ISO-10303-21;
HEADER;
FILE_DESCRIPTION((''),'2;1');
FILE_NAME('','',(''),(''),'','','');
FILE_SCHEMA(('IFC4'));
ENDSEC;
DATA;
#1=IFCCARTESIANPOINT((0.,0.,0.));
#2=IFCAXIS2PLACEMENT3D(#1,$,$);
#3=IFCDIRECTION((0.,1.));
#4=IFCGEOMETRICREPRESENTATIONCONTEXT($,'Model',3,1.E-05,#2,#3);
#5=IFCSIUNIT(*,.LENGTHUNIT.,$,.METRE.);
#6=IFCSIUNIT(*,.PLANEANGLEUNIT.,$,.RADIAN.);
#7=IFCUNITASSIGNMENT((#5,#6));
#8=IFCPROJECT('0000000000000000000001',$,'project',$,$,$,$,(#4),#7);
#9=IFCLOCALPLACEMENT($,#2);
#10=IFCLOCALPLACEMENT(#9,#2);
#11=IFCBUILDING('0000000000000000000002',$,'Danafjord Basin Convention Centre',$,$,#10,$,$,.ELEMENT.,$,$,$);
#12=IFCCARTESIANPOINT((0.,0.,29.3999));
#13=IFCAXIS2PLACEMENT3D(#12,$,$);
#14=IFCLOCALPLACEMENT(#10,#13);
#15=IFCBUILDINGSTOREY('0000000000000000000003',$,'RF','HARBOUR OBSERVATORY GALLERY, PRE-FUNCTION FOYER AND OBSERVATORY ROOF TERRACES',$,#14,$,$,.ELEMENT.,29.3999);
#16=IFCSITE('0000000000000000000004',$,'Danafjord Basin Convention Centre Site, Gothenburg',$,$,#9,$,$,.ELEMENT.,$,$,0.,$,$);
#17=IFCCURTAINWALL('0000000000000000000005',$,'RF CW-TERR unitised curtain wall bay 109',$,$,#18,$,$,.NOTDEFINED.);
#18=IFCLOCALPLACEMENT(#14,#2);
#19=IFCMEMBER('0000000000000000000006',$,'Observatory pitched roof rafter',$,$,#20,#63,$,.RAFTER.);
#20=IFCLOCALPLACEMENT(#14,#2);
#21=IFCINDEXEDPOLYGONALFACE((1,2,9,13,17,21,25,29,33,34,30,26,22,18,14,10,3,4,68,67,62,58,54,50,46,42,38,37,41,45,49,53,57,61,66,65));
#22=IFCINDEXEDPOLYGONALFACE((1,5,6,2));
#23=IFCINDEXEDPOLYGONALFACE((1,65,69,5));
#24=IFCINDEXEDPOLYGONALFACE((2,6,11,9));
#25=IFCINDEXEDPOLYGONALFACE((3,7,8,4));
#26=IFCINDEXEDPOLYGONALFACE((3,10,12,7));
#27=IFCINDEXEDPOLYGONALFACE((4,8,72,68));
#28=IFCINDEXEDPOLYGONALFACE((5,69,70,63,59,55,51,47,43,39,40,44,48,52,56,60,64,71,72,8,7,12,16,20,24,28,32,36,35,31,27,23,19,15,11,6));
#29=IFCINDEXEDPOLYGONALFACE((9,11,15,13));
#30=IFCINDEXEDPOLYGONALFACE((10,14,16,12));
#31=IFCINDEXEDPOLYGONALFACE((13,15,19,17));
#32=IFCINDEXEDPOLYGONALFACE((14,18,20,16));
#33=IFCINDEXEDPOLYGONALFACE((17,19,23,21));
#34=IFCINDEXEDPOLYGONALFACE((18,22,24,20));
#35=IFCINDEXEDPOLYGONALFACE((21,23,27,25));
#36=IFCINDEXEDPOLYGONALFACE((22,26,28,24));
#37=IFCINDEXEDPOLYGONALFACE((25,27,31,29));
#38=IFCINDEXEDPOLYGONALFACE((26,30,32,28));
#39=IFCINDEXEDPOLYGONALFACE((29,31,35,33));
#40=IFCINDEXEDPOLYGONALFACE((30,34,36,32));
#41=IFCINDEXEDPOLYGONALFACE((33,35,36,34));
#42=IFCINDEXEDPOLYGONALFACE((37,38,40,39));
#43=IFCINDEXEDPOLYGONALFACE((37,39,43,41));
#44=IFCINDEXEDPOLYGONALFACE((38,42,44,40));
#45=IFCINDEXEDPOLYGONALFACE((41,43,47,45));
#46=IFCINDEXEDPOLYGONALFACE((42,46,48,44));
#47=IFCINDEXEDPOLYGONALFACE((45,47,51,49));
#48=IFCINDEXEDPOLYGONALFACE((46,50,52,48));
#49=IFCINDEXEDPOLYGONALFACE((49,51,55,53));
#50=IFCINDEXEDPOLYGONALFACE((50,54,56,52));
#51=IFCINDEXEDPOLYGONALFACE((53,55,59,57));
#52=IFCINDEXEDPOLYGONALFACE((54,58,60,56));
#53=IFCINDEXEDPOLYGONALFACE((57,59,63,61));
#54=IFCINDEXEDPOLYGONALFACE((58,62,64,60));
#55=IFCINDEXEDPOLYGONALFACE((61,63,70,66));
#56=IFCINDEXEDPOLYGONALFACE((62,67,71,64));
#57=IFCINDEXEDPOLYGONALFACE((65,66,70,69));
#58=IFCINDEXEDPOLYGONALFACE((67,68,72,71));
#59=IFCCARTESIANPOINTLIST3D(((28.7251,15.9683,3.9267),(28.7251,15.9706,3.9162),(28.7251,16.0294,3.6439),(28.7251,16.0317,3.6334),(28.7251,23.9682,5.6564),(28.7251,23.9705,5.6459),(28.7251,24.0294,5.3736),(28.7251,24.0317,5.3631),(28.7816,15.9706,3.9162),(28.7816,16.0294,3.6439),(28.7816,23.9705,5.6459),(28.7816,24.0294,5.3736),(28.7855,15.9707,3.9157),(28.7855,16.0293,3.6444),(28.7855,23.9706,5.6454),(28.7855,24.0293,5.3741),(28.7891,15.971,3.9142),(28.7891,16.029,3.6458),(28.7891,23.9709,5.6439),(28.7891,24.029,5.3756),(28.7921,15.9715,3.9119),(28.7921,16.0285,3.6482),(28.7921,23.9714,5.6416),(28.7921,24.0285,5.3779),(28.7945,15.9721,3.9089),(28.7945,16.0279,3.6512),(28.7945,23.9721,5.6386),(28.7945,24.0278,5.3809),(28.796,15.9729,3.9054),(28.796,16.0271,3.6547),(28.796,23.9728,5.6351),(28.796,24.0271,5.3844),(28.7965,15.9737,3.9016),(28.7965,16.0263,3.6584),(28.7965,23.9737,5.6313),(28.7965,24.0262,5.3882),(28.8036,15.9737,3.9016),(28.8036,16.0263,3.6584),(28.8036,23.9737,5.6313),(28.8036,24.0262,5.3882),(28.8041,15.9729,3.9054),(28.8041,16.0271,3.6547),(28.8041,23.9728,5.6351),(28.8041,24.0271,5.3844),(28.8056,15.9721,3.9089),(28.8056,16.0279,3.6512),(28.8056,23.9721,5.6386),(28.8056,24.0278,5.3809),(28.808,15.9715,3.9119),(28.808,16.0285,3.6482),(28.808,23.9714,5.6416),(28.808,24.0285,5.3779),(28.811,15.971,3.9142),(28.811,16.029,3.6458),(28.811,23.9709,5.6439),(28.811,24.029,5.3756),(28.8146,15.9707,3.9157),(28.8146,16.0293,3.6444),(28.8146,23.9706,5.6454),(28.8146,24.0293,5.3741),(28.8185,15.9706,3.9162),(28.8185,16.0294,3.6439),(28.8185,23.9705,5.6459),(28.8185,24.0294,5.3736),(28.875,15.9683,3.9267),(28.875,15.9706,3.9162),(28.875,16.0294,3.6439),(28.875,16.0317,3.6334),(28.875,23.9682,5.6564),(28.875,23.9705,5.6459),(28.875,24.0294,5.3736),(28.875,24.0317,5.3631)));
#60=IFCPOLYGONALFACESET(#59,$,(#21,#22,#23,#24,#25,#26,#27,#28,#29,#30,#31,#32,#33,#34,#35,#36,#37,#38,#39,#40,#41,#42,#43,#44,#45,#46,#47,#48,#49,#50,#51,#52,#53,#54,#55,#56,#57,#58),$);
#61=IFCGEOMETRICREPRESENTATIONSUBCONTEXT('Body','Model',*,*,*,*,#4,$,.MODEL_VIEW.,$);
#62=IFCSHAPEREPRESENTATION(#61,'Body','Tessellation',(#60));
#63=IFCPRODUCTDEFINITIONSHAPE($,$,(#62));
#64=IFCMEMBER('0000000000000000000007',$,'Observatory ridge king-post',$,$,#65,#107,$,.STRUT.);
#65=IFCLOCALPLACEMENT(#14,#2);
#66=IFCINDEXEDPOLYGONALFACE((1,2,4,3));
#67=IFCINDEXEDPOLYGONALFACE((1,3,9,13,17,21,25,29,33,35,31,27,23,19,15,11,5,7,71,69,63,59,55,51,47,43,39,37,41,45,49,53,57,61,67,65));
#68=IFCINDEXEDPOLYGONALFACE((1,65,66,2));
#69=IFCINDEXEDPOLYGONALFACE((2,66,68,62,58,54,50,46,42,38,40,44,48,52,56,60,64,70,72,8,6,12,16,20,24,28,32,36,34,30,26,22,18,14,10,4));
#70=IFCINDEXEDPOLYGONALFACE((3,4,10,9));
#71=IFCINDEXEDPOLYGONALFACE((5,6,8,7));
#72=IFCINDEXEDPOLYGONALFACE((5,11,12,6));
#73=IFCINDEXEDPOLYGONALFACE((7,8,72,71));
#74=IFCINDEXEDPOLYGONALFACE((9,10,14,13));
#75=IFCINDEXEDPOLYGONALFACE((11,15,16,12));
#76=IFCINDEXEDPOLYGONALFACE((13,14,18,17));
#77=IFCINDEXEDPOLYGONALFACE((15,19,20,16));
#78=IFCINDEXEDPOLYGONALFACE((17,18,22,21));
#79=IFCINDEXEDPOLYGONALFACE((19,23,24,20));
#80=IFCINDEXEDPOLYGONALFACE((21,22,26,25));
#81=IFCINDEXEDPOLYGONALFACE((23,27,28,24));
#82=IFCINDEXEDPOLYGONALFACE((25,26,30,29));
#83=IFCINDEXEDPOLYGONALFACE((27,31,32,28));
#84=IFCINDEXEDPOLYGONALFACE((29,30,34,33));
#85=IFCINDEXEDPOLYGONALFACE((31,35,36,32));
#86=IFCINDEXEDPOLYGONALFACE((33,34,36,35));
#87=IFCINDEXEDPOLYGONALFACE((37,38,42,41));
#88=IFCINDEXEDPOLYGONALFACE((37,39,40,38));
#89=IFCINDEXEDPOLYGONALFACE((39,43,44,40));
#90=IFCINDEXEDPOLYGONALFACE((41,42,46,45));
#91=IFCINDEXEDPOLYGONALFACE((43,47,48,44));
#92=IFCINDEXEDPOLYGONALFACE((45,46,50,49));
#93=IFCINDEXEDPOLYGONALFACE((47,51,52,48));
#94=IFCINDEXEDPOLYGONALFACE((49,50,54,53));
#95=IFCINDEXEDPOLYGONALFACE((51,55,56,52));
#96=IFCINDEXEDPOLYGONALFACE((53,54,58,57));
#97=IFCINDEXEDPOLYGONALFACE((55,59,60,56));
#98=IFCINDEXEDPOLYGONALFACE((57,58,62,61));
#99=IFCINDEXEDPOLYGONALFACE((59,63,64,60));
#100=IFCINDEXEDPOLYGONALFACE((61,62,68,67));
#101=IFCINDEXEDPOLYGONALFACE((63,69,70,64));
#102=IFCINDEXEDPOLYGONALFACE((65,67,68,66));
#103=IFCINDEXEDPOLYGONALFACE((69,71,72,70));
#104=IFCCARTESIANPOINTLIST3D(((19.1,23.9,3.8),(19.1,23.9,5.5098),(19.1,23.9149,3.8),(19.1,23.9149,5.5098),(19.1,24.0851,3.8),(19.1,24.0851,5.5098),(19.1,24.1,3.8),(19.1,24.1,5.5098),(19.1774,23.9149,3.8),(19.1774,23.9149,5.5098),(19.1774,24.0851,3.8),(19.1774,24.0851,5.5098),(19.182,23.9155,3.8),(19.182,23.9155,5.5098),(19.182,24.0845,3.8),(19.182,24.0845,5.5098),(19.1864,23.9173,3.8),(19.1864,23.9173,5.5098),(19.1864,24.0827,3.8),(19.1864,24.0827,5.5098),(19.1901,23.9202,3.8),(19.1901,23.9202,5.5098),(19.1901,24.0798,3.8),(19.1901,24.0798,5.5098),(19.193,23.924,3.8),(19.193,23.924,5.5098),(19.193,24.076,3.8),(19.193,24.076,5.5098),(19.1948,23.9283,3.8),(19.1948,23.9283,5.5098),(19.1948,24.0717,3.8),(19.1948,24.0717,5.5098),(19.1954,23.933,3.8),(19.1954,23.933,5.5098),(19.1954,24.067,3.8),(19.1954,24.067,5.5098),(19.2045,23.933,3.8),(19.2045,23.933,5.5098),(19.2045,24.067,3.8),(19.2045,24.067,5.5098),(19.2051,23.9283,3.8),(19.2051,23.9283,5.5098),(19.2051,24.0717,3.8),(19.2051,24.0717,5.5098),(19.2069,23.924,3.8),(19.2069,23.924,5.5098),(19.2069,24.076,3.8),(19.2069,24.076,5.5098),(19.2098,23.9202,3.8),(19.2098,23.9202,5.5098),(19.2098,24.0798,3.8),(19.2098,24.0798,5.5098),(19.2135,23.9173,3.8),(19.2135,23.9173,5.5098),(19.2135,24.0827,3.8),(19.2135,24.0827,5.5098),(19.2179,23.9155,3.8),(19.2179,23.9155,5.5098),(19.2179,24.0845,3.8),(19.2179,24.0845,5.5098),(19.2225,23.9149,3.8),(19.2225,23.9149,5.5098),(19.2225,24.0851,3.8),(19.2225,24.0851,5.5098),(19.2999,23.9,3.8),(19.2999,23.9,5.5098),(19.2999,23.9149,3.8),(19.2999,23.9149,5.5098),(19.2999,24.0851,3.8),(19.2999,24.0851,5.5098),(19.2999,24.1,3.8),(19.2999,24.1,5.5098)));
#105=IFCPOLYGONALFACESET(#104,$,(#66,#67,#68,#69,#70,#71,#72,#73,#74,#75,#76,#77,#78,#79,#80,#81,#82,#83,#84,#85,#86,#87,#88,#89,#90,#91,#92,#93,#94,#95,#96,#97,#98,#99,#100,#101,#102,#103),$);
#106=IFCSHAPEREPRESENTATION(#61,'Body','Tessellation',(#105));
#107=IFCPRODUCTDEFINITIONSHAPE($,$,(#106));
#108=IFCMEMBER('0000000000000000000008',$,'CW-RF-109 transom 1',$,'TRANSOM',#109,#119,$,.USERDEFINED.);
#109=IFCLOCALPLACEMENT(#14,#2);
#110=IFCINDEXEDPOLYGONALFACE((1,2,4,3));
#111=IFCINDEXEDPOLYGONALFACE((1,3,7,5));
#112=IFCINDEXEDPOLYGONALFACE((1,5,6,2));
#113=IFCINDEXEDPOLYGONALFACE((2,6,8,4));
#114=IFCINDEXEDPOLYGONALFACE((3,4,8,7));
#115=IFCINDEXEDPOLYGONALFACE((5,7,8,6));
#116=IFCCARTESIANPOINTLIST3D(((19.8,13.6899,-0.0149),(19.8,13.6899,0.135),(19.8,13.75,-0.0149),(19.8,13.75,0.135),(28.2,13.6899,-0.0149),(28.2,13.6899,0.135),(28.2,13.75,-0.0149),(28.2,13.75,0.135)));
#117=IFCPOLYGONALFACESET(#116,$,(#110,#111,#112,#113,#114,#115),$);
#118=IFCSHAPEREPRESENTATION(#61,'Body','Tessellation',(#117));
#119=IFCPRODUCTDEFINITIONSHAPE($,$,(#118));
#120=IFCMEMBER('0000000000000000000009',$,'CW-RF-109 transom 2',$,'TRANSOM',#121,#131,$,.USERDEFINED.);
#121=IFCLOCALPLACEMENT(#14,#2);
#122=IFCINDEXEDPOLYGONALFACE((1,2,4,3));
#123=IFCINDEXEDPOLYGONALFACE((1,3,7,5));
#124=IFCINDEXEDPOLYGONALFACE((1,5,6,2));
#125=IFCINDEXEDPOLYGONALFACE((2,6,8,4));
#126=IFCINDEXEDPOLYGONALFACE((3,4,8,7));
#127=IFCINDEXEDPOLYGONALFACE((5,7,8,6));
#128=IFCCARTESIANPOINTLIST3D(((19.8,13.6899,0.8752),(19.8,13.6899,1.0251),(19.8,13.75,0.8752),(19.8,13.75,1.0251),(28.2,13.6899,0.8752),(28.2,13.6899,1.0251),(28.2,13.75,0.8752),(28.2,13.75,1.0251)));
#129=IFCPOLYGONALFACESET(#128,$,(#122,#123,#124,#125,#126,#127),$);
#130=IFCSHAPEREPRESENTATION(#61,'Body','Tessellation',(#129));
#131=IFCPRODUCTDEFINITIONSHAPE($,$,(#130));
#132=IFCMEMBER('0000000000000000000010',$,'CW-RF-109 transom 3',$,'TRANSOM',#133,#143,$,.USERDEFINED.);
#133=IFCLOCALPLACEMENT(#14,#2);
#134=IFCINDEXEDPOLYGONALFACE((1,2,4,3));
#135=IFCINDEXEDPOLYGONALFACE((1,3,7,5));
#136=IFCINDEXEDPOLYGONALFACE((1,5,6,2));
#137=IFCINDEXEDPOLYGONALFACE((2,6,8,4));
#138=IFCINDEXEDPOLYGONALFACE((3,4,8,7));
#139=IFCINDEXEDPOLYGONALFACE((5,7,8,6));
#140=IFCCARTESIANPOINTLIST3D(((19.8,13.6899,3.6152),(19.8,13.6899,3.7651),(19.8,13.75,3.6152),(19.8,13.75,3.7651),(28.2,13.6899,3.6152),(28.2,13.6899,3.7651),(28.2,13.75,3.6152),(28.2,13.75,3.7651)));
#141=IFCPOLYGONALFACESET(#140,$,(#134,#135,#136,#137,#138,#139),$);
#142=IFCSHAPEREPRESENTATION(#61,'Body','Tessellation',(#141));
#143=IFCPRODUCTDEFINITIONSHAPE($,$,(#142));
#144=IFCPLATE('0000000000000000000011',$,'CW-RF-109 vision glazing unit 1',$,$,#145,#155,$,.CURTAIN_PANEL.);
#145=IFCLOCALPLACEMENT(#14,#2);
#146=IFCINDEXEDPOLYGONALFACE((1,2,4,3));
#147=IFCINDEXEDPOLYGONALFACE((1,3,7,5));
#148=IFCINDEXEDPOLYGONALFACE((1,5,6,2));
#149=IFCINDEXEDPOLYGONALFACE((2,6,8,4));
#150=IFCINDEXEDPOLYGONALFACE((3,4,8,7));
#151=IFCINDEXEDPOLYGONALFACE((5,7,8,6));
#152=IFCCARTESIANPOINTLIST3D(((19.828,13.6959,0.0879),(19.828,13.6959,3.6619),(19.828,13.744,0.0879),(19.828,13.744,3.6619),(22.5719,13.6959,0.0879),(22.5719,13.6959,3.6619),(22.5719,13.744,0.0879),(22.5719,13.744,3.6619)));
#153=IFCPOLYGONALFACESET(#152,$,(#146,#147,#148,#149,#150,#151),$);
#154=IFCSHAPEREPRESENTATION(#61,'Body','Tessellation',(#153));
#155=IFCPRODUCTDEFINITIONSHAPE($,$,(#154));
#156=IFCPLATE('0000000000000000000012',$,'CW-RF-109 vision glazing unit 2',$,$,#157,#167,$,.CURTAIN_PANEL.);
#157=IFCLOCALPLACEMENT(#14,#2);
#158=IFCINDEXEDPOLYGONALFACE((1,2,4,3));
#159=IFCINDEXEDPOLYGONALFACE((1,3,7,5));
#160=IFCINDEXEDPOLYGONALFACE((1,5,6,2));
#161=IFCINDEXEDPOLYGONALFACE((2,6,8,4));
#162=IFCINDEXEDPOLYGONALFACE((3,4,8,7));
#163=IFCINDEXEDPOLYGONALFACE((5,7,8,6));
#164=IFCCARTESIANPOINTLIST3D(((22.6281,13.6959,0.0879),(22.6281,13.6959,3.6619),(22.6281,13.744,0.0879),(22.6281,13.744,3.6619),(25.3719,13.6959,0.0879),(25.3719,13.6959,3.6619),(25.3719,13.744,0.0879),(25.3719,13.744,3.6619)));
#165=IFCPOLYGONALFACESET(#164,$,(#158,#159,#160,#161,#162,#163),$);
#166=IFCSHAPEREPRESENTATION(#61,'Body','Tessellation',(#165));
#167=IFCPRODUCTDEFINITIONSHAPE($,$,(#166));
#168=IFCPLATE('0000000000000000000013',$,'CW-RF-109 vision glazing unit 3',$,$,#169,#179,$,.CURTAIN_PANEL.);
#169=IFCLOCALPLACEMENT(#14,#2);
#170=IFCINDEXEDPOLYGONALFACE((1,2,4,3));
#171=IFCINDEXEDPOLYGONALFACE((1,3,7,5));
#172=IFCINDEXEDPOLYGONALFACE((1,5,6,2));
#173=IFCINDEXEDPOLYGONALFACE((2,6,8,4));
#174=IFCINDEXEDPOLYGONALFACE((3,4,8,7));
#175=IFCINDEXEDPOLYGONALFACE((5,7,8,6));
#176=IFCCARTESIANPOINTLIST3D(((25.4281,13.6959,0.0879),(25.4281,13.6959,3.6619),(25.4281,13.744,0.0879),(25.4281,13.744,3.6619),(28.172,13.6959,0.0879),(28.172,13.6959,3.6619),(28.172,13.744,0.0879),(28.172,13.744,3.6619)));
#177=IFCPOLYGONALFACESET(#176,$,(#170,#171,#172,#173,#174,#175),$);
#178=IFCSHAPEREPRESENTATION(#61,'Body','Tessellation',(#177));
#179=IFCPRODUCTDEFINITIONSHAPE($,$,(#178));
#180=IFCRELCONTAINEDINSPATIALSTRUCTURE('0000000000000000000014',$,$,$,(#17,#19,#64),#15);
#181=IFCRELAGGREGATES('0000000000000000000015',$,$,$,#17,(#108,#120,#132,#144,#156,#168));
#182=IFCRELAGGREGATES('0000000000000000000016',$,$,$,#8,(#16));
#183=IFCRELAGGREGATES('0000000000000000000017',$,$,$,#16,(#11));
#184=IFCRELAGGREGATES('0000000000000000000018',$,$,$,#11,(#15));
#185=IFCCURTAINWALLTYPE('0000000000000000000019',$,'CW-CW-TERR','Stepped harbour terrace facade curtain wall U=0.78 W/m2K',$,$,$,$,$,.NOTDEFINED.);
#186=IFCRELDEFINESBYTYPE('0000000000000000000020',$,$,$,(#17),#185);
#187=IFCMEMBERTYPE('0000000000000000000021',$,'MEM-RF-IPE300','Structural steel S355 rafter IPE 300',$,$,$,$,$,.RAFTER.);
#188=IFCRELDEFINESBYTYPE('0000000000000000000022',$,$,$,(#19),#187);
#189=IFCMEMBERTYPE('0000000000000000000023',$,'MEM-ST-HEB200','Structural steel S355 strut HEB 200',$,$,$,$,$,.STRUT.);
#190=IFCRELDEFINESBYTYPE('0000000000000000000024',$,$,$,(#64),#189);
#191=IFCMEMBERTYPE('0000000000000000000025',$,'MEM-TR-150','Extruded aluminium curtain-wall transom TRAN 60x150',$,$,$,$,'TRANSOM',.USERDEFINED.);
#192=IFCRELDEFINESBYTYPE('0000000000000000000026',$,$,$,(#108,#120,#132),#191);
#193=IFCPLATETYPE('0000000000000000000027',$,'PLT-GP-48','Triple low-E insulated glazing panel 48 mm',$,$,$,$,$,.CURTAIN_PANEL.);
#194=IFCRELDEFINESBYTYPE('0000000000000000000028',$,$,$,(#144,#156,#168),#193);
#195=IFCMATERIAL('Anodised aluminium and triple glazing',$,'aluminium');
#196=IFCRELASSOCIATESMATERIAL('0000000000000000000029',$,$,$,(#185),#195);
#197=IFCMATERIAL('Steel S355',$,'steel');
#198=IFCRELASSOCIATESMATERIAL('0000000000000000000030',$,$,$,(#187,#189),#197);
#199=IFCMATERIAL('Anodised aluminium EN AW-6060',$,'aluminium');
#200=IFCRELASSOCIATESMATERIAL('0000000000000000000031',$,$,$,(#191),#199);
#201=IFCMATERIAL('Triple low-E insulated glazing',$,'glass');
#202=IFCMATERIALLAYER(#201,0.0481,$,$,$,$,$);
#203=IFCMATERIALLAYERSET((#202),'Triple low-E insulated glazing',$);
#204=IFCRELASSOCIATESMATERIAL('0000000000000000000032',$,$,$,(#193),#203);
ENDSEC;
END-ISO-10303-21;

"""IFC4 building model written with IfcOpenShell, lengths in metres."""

from ifc_helpers import new_model, si_unit, direction, frame, origin, origin_2d, place, context, subcontext, project, spatial, rectangle, i_section, extrude, material, layer, layer_set, material_profile, profile_set, type_object, element, aggregate, save


model = new_model("IFC4")

# Units and contexts
model_context = context("Model", 3, precision=1e-05, world=origin(), true_north=direction((0.0, 1.0)))
body_context = subcontext(model_context, "Body", "Model", "MODEL_VIEW")
ifc_project = project(units=[si_unit("LENGTHUNIT", "METRE"), si_unit("PLANEANGLEUNIT", "RADIAN")], contexts=[model_context])

# Site, building, storey
site_placement = place(None, origin())
site = spatial("IfcSite", under=ifc_project, at=site_placement, Name="Danafjord Basin Convention Centre Site, Gothenburg", CompositionType="ELEMENT", RefElevation=0.0)
building_placement = place(site_placement, origin())
building = spatial("IfcBuilding", under=site, at=building_placement, Name="Danafjord Basin Convention Centre", CompositionType="ELEMENT")
storey_placement = place(building_placement, frame((0.0, 0.0, 29.3999)))
storey = spatial("IfcBuildingStorey", under=building, at=storey_placement, Name="RF", Description="HARBOUR OBSERVATORY GALLERY, PRE-FUNCTION FOYER AND OBSERVATORY ROOF TERRACES", CompositionType="ELEMENT", Elevation=29.3999)

# Shared definitions
ifc_material_1 = material(Name="Steel S355", Category="steel")

# Curtain wall
ifc_material_2 = material(Name="Anodised aluminium and triple glazing", Category="aluminium")
curtain_wall_type = type_object("IfcCurtainWallType", Name="CW-CW-TERR", Description="Stepped harbour terrace facade curtain wall U=0.78 W/m2K", PredefinedType="NOTDEFINED", material=ifc_material_2)
curtain_wall_placement = place(storey_placement, origin())
curtain_wall = element("IfcCurtainWall", 1, at=curtain_wall_placement, inside=storey, type_object=curtain_wall_type, Name="RF CW-TERR unitised curtain wall bay 109", PredefinedType="NOTDEFINED")
ifc_material_3 = material(Name="Anodised aluminium EN AW-6060", Category="aluminium")

# Members
ifc_material_profile_1 = material_profile(ifc_material_1, i_section(OverallWidth=0.1499, OverallDepth=0.3, WebThickness=0.0071, FlangeThickness=0.0107, FilletRadius=0.0149, at=origin_2d()), Name="IPE 300")
ifc_profile_set_1 = profile_set([ifc_material_profile_1], Name="Steel S355")
member_type_1 = type_object("IfcMemberType", Name="MEM-RF-IPE300", Description="Structural steel S355 rafter IPE 300", PredefinedType="RAFTER", material=ifc_profile_set_1)
member_1_placement = place(storey_placement, frame((28.8, 16.0, 3.78), z_axis=(0.0, 0.977414, 0.211334), x_axis=(-1.0, 0.0, 0.0)))
element("IfcMember", 2, at=member_1_placement, inside=storey, type_object=member_type_1, Name="Observatory pitched roof rafter", PredefinedType="RAFTER", context=body_context, shape_type="SweptSolid", body=[
    extrude(i_section(OverallWidth=0.1499, OverallDepth=0.3, WebThickness=0.0071, FlangeThickness=0.0107, FilletRadius=0.0149, at=origin_2d()), origin(), (0.0, 0.0, 1.0), 8.1848),
])
ifc_material_profile_2 = material_profile(ifc_material_1, i_section(OverallWidth=0.2, OverallDepth=0.2, WebThickness=0.009, FlangeThickness=0.0149, FilletRadius=0.0181, at=origin_2d()), Name="HEB 200")
ifc_profile_set_2 = profile_set([ifc_material_profile_2], Name="Steel S355")
member_type_2 = type_object("IfcMemberType", Name="MEM-ST-HEB200", Description="Structural steel S355 strut HEB 200", PredefinedType="STRUT", material=ifc_profile_set_2)
member_2_placement = place(storey_placement, frame((19.2, 24.0, 3.8), z_axis=(0.0, 0.0, 1.0), x_axis=(1.0, 0.0, 0.0)))
element("IfcMember", 3, at=member_2_placement, inside=storey, type_object=member_type_2, Name="Observatory ridge king-post", PredefinedType="STRUT", context=body_context, shape_type="SweptSolid", body=[
    extrude(i_section(OverallWidth=0.2, OverallDepth=0.2, WebThickness=0.009, FlangeThickness=0.0149, FilletRadius=0.0181, at=origin_2d()), origin(), (0.0, 0.0, 1.0), 1.7097),
])

# Members
ifc_material_profile_3 = material_profile(ifc_material_3, rectangle(XDim=0.0601, YDim=0.1499, at=origin_2d()), Name="TRAN 60x150")
ifc_profile_set_3 = profile_set([ifc_material_profile_3], Name="Anodised aluminium EN AW-6060")
member_type_3 = type_object("IfcMemberType", Name="MEM-TR-150", Description="Extruded aluminium curtain-wall transom TRAN 60x150", ElementType="TRANSOM", PredefinedType="USERDEFINED", material=ifc_profile_set_3)
member_3_placement = place(storey_placement, frame((19.8, 13.72, 0.0601), z_axis=(1.0, 0.0, 0.0), x_axis=(0.0, 1.0, 0.0)))
member_3 = element("IfcMember", 4, at=member_3_placement, type_object=member_type_3, Name="CW-RF-109 transom 1", ObjectType="TRANSOM", PredefinedType="USERDEFINED", context=body_context, shape_type="SweptSolid", body=[
    extrude(rectangle(XDim=0.0601, YDim=0.1499, at=origin_2d()), origin(), (0.0, 0.0, 1.0), 8.3999),
])
member_4_placement = place(storey_placement, frame((19.8, 13.72, 0.9502), z_axis=(1.0, 0.0, 0.0), x_axis=(0.0, 1.0, 0.0)))
member_4 = element("IfcMember", 5, at=member_4_placement, type_object=member_type_3, Name="CW-RF-109 transom 2", ObjectType="TRANSOM", PredefinedType="USERDEFINED", context=body_context, shape_type="SweptSolid", body=[
    extrude(rectangle(XDim=0.0601, YDim=0.1499, at=origin_2d()), origin(), (0.0, 0.0, 1.0), 8.3999),
])
member_5_placement = place(storey_placement, frame((19.8, 13.72, 3.6902), z_axis=(1.0, 0.0, 0.0), x_axis=(0.0, 1.0, 0.0)))
member_5 = element("IfcMember", 6, at=member_5_placement, type_object=member_type_3, Name="CW-RF-109 transom 3", ObjectType="TRANSOM", PredefinedType="USERDEFINED", context=body_context, shape_type="SweptSolid", body=[
    extrude(rectangle(XDim=0.0601, YDim=0.1499, at=origin_2d()), origin(), (0.0, 0.0, 1.0), 8.3999),
])

# Plates
ifc_material_4 = material(Name="Triple low-E insulated glazing", Category="glass")
ifc_layer_1 = layer(ifc_material_4, 0.0481)
ifc_layer_set_1 = layer_set([ifc_layer_1], Name="Triple low-E insulated glazing")
plate_type = type_object("IfcPlateType", Name="PLT-GP-48", Description="Triple low-E insulated glazing panel 48 mm", PredefinedType="CURTAIN_PANEL", material=ifc_layer_set_1)
plate_1_placement = place(storey_placement, frame((21.2, 13.72, 0.0879), z_axis=(0.0, 0.0, 1.0), x_axis=(1.0, 0.0, 0.0)))
plate_1 = element("IfcPlate", 7, at=plate_1_placement, type_object=plate_type, Name="CW-RF-109 vision glazing unit 1", PredefinedType="CURTAIN_PANEL", context=body_context, shape_type="SweptSolid", body=[
    extrude(rectangle(XDim=2.7439, YDim=0.0481, at=origin_2d()), origin(), (0.0, 0.0, 1.0), 3.574),
])
plate_2_placement = place(storey_placement, frame((24.0, 13.72, 0.0879), z_axis=(0.0, 0.0, 1.0), x_axis=(1.0, 0.0, 0.0)))
plate_2 = element("IfcPlate", 8, at=plate_2_placement, type_object=plate_type, Name="CW-RF-109 vision glazing unit 2", PredefinedType="CURTAIN_PANEL", context=body_context, shape_type="SweptSolid", body=[
    extrude(rectangle(XDim=2.7439, YDim=0.0481, at=origin_2d()), origin(), (0.0, 0.0, 1.0), 3.574),
])
plate_3_placement = place(storey_placement, frame((26.8, 13.72, 0.0879), z_axis=(0.0, 0.0, 1.0), x_axis=(1.0, 0.0, 0.0)))
plate_3 = element("IfcPlate", 9, at=plate_3_placement, type_object=plate_type, Name="CW-RF-109 vision glazing unit 3", PredefinedType="CURTAIN_PANEL", context=body_context, shape_type="SweptSolid", body=[
    extrude(rectangle(XDim=2.7439, YDim=0.0481, at=origin_2d()), origin(), (0.0, 0.0, 1.0), 3.574),
])
aggregate(curtain_wall, [member_3, member_4, member_5, plate_1, plate_2, plate_3])

save(model, "model.ifc")
